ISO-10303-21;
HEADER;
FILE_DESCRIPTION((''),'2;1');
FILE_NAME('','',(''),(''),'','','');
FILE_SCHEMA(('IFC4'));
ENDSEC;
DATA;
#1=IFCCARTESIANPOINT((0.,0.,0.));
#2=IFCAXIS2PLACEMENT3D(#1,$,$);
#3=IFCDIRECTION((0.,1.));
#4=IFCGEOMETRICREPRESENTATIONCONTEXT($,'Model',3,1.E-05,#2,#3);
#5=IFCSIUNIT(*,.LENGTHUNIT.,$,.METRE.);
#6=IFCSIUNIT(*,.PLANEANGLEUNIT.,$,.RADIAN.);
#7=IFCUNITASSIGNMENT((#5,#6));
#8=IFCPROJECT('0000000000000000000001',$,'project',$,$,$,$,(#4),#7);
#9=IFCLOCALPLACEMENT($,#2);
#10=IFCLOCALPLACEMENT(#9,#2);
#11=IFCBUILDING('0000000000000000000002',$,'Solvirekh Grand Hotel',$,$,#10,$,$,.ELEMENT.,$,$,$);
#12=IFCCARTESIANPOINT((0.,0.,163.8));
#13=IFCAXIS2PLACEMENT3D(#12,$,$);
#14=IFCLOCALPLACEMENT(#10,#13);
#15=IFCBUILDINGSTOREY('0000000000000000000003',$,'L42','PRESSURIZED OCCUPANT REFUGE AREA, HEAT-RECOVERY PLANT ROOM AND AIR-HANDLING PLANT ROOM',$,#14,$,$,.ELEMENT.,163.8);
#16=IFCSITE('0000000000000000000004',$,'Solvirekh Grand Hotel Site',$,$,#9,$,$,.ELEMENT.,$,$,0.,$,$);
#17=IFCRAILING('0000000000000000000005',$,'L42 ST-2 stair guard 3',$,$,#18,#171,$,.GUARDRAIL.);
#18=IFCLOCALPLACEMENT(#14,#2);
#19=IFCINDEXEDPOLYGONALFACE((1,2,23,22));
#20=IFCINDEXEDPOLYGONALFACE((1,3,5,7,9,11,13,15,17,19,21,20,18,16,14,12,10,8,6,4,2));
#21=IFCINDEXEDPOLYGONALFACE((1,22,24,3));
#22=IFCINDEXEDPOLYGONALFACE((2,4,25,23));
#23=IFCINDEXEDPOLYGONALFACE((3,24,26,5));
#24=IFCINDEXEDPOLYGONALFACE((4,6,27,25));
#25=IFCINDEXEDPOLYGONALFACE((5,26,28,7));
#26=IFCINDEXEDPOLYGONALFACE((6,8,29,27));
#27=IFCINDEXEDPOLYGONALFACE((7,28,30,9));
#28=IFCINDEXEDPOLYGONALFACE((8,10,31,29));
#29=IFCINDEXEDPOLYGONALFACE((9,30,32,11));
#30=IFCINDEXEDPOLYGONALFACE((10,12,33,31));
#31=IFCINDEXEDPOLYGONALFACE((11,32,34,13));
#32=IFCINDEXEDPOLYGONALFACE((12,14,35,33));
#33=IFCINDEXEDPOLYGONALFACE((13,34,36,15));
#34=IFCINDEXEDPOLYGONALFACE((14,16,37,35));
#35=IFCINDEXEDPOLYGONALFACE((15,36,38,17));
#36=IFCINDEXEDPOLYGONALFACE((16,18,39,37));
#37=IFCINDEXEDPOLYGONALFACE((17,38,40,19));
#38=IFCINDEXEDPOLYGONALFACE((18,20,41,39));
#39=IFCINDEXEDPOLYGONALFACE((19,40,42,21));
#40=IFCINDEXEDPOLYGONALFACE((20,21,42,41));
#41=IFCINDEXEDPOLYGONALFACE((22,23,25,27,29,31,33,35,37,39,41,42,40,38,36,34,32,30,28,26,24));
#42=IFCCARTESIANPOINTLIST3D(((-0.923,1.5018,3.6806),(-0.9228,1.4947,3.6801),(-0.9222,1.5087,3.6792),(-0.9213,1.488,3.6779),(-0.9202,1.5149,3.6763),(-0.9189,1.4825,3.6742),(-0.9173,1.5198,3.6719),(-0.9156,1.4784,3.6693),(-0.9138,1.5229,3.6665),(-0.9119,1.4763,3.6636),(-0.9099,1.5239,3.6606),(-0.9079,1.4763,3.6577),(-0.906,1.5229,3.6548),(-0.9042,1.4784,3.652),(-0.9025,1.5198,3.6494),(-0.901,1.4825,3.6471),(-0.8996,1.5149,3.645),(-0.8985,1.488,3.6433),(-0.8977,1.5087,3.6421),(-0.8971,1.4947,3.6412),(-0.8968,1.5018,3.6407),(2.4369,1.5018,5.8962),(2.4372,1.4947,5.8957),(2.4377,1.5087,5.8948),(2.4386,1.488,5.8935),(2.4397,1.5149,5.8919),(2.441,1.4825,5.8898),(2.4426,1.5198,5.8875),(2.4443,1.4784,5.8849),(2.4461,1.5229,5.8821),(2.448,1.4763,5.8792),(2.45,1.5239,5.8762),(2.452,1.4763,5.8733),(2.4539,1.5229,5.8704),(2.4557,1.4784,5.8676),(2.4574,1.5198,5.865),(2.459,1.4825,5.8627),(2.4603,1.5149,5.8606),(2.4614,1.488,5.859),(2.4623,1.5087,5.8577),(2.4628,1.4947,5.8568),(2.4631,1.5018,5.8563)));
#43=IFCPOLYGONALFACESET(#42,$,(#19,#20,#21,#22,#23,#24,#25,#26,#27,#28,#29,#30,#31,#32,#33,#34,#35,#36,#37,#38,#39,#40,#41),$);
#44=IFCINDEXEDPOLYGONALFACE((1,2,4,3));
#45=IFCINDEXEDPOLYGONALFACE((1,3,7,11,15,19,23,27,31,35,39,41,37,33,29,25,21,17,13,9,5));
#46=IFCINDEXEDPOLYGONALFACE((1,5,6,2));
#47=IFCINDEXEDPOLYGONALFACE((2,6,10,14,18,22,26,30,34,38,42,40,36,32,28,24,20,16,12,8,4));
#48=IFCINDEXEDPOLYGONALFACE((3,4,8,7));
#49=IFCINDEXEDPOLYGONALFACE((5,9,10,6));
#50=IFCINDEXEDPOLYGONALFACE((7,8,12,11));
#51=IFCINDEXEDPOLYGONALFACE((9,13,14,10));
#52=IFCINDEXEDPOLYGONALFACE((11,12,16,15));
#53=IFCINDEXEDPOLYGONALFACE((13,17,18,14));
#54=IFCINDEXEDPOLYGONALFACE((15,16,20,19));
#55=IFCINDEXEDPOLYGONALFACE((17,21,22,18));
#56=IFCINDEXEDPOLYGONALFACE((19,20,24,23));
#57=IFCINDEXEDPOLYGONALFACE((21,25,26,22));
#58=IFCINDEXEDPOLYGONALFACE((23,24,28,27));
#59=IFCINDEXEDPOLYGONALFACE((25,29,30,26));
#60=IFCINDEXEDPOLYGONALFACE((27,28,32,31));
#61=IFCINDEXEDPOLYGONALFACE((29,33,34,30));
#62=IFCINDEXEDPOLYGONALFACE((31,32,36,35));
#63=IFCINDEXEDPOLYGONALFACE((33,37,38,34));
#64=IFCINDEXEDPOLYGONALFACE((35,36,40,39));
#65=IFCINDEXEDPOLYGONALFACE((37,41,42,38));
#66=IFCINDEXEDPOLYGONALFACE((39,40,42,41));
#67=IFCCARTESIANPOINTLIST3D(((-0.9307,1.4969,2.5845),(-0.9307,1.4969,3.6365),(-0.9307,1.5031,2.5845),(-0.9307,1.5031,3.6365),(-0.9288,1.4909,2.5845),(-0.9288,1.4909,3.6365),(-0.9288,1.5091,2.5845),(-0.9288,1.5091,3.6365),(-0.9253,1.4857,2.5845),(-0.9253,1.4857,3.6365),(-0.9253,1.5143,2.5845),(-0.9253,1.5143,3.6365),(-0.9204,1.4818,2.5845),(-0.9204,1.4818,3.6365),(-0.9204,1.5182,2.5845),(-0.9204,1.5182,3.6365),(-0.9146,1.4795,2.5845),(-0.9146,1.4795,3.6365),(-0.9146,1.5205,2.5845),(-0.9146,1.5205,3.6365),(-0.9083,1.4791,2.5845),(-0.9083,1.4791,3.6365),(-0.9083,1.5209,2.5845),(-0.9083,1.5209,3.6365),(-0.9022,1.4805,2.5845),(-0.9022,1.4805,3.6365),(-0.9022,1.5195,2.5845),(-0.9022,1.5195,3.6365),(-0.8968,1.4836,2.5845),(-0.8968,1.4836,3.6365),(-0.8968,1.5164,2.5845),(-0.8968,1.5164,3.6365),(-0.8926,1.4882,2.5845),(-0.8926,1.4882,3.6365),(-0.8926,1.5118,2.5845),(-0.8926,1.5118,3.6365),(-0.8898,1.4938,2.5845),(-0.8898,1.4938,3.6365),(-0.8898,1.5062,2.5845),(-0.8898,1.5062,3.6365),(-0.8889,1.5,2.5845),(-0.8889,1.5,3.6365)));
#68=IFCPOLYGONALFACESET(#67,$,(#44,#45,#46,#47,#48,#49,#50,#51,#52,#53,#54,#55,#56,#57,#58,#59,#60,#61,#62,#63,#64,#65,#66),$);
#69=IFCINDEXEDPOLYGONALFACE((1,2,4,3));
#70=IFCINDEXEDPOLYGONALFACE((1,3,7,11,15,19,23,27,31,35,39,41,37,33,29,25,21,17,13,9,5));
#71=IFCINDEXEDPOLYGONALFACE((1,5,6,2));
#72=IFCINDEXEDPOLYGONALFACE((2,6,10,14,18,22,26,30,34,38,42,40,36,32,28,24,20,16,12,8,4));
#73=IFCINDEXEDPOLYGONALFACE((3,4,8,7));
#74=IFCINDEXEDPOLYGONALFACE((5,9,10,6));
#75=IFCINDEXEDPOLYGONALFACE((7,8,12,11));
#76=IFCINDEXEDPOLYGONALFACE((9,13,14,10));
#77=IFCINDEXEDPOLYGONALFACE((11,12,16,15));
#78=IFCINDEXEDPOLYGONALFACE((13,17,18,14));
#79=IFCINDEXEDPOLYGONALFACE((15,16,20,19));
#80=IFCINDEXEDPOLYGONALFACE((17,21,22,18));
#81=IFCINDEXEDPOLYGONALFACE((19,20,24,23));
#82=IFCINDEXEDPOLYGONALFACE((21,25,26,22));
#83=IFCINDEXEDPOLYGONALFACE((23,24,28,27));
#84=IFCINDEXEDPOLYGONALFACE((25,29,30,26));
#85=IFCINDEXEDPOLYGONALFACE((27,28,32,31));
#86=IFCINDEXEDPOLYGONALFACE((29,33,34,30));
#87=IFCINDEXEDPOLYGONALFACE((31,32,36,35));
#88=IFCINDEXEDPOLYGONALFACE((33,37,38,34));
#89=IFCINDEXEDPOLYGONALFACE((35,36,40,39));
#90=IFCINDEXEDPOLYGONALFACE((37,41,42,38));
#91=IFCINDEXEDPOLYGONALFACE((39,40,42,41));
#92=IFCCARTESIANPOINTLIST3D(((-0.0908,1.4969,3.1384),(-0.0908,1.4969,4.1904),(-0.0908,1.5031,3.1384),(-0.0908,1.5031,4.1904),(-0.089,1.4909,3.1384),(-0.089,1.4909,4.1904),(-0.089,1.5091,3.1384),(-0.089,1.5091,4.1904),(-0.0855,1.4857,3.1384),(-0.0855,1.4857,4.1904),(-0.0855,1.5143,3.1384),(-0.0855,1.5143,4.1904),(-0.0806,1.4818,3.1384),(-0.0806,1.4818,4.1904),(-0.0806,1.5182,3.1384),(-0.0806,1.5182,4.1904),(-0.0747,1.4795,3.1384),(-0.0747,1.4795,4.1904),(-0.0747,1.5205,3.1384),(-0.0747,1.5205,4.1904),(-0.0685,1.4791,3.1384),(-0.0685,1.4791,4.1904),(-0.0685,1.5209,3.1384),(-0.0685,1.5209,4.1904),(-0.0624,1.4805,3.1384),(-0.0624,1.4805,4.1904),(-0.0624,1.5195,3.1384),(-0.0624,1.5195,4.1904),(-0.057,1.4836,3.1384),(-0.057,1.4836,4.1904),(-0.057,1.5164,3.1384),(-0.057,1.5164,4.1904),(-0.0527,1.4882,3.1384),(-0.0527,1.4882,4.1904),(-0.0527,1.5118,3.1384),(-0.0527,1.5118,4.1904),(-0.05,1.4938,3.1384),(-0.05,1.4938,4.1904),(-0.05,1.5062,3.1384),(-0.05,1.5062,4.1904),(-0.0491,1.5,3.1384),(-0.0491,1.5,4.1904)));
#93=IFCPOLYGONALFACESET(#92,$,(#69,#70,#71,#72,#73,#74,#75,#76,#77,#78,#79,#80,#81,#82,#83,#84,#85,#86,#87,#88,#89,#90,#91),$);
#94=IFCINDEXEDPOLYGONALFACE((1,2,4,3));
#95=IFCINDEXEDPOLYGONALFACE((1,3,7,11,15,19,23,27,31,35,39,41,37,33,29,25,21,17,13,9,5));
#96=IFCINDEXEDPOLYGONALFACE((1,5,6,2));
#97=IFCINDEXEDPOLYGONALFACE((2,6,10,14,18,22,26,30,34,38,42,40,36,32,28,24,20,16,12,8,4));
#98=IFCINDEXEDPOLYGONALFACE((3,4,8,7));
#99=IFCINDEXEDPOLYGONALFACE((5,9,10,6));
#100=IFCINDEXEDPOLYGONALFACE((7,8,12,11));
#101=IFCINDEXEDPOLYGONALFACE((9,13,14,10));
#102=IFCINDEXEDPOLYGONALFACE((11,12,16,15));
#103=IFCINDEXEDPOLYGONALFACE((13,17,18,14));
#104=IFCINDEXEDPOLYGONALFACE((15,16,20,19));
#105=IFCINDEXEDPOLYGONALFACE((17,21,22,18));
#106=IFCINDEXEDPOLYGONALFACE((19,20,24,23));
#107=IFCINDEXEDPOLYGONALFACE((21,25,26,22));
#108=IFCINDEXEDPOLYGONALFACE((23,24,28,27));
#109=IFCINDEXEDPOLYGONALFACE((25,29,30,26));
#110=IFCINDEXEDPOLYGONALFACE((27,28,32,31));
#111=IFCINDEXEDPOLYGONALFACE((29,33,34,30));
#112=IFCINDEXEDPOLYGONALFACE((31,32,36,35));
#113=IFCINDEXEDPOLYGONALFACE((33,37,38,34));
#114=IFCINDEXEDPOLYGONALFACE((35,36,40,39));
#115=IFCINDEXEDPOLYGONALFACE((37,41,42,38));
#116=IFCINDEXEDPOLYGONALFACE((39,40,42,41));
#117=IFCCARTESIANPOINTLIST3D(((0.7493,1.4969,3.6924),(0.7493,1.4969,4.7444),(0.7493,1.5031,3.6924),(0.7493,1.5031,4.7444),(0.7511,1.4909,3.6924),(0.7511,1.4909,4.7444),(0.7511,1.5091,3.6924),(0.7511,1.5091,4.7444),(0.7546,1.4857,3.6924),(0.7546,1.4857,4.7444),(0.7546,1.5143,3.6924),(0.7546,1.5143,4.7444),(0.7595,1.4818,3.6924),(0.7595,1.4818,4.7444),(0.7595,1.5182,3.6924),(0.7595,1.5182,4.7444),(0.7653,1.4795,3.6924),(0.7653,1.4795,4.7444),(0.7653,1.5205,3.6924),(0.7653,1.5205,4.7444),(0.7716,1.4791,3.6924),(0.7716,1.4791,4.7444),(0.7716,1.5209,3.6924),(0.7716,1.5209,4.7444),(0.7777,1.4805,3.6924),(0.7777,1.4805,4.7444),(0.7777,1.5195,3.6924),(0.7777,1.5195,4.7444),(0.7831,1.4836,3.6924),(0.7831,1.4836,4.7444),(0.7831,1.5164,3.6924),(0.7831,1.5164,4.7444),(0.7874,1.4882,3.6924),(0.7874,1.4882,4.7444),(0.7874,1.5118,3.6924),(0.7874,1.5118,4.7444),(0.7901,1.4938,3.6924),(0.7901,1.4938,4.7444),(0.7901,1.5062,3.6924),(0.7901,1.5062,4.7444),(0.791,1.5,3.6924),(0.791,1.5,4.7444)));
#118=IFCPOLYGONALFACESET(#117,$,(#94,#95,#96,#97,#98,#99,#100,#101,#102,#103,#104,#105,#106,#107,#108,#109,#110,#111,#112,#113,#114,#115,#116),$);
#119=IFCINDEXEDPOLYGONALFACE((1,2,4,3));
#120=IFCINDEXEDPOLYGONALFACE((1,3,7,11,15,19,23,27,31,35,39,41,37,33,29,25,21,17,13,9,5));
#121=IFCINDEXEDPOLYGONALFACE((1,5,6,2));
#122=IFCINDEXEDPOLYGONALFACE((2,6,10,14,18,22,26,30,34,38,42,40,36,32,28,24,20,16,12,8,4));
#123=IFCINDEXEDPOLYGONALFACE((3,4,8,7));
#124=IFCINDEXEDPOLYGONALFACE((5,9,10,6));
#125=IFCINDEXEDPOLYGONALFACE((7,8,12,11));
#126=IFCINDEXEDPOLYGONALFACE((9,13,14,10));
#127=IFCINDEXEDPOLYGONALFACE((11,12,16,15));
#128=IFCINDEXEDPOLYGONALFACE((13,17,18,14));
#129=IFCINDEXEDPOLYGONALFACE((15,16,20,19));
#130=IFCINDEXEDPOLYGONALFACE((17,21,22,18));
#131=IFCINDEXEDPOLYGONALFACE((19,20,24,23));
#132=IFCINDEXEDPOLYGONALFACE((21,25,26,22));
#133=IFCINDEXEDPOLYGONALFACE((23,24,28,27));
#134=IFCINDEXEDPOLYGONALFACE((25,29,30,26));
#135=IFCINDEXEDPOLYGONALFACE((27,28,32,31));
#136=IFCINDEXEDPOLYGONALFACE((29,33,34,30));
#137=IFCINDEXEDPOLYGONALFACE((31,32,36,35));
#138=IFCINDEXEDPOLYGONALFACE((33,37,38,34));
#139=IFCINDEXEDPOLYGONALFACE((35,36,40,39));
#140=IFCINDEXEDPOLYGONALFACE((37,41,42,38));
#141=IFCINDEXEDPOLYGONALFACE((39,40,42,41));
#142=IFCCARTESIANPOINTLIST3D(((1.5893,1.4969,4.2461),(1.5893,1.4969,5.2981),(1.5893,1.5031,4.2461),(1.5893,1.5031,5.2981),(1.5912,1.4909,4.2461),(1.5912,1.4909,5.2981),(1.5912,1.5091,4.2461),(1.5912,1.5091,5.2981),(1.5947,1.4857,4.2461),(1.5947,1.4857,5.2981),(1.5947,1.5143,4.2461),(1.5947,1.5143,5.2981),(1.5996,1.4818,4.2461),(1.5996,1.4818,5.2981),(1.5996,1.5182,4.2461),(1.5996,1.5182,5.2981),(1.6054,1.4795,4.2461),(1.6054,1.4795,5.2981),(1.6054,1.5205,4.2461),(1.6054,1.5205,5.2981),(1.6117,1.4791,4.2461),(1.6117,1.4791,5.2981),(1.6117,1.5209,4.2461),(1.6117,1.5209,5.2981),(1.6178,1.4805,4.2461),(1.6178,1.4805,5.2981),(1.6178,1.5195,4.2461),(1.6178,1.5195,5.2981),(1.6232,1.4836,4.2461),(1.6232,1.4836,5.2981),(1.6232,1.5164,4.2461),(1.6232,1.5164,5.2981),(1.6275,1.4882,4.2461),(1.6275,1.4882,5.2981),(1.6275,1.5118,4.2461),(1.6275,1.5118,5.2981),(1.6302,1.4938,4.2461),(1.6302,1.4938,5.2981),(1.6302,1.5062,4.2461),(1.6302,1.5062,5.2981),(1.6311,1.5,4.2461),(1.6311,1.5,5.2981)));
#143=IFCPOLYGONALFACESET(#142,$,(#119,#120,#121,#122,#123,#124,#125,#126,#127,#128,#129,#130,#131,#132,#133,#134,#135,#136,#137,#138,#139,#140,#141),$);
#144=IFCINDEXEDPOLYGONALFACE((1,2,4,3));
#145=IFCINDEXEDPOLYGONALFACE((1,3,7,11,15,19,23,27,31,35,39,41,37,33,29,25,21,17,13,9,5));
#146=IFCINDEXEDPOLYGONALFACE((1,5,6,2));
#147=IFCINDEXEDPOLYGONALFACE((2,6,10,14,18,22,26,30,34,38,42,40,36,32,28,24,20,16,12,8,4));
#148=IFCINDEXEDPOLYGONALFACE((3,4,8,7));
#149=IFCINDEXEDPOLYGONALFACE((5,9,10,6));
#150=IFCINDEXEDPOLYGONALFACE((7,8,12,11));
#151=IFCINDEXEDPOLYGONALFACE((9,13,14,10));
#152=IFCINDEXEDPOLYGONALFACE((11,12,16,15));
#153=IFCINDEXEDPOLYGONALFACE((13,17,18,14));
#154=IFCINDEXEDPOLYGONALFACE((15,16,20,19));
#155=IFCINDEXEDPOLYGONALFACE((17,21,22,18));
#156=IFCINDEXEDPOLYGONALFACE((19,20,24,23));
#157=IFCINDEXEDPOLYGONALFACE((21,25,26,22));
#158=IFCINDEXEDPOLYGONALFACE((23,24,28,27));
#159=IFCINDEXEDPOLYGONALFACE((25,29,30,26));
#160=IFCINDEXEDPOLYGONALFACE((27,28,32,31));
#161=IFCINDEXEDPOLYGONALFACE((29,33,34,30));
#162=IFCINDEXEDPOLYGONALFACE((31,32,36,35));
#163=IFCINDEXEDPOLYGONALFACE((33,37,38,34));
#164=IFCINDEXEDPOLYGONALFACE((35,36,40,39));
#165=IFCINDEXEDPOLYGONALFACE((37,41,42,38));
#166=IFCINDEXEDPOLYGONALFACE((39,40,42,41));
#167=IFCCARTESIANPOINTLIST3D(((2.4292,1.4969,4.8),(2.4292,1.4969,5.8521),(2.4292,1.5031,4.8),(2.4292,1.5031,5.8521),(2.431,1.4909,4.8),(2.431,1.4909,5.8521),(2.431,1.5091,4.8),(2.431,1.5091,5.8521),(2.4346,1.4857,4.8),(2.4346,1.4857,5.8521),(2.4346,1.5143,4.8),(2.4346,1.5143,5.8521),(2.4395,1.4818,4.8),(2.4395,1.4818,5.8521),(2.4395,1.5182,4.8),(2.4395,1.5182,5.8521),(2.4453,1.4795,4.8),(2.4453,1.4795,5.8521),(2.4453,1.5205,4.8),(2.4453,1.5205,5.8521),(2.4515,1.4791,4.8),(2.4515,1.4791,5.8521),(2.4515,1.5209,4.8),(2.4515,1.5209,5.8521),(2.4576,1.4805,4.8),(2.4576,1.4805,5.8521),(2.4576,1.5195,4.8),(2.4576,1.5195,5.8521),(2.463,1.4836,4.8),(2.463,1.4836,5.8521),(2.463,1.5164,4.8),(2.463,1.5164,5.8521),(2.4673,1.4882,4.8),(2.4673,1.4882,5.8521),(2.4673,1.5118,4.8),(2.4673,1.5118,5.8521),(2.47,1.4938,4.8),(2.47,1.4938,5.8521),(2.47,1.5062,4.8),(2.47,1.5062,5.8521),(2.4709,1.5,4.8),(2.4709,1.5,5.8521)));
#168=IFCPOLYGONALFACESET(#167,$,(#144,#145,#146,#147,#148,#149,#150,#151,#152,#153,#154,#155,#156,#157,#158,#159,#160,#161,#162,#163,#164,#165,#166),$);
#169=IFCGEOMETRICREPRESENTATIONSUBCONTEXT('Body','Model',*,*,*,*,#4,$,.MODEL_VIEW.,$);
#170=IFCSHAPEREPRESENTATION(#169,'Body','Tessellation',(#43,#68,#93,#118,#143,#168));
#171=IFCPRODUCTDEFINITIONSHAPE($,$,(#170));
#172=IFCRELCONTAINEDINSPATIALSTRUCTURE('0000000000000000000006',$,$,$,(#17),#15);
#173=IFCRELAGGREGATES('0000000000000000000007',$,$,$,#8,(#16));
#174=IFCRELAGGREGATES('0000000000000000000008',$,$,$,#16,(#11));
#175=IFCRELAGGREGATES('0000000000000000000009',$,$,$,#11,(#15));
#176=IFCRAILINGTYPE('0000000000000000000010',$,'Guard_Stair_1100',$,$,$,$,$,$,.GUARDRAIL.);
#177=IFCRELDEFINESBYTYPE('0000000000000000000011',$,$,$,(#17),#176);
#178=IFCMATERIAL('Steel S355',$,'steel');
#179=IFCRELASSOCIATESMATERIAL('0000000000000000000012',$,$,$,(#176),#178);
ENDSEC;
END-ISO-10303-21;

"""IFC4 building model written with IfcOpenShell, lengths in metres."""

from ifc_helpers import new_model, si_unit, direction, frame, origin, origin_2d, place, context, subcontext, project, spatial, circle, extrude, material, type_object, element, save


model = new_model("IFC4")

# Units and contexts
model_context = context("Model", 3, precision=1e-05, world=origin(), true_north=direction((0.0, 1.0)))
body_context = subcontext(model_context, "Body", "Model", "MODEL_VIEW")
ifc_project = project(units=[si_unit("LENGTHUNIT", "METRE"), si_unit("PLANEANGLEUNIT", "RADIAN")], contexts=[model_context])

# Site, building, storey
site_placement = place(None, origin())
site = spatial("IfcSite", under=ifc_project, at=site_placement, Name="Solvirekh Grand Hotel Site", CompositionType="ELEMENT", RefElevation=0.0)
building_placement = place(site_placement, origin())
building = spatial("IfcBuilding", under=site, at=building_placement, Name="Solvirekh Grand Hotel", CompositionType="ELEMENT")
storey_placement = place(building_placement, frame((0.0, 0.0, 163.8)))
storey = spatial("IfcBuildingStorey", under=building, at=storey_placement, Name="L42", Description="PRESSURIZED OCCUPANT REFUGE AREA, HEAT-RECOVERY PLANT ROOM AND AIR-HANDLING PLANT ROOM", CompositionType="ELEMENT", Elevation=163.8)

# Shared definitions
ifc_material_1 = material(Name="Steel S355", Category="steel")

# Railing
railing_type_1 = type_object("IfcRailingType", Name="Guard_Stair_1100", PredefinedType="GUARDRAIL", material=ifc_material_1)
railing_1_placement = place(storey_placement, frame((-0.9099, 1.5, 2.5845)))
element("IfcRailing", 1, at=railing_1_placement, inside=storey, type_object=railing_type_1, Name="L42 ST-2 stair guard 3", PredefinedType="GUARDRAIL", context=body_context, shape_type="SweptSolid", body=[
    extrude(circle(Radius=0.0239, at=origin_2d()), frame((0.0, 0.0, 1.0762), z_axis=(0.83483, 0.0, 0.550508), x_axis=(0.0, 1.0, 0.0)), (0.0, 0.0, 1.0), 4.0247),
    extrude(circle(Radius=0.021, at=origin_2d()), origin(), (0.0, 0.0, 1.0), 1.052),
    extrude(circle(Radius=0.021, at=origin_2d()), frame((0.8398, 0.0, 0.554)), (0.0, 0.0, 1.0), 1.052),
    extrude(circle(Radius=0.021, at=origin_2d()), frame((1.6799, 0.0, 1.1079)), (0.0, 0.0, 1.0), 1.052),
    extrude(circle(Radius=0.021, at=origin_2d()), frame((2.52, 0.0, 1.6616)), (0.0, 0.0, 1.0), 1.052),
    extrude(circle(Radius=0.021, at=origin_2d()), frame((3.3599, 0.0, 2.2156)), (0.0, 0.0, 1.0), 1.052),
])

save(model, "model.ifc")
